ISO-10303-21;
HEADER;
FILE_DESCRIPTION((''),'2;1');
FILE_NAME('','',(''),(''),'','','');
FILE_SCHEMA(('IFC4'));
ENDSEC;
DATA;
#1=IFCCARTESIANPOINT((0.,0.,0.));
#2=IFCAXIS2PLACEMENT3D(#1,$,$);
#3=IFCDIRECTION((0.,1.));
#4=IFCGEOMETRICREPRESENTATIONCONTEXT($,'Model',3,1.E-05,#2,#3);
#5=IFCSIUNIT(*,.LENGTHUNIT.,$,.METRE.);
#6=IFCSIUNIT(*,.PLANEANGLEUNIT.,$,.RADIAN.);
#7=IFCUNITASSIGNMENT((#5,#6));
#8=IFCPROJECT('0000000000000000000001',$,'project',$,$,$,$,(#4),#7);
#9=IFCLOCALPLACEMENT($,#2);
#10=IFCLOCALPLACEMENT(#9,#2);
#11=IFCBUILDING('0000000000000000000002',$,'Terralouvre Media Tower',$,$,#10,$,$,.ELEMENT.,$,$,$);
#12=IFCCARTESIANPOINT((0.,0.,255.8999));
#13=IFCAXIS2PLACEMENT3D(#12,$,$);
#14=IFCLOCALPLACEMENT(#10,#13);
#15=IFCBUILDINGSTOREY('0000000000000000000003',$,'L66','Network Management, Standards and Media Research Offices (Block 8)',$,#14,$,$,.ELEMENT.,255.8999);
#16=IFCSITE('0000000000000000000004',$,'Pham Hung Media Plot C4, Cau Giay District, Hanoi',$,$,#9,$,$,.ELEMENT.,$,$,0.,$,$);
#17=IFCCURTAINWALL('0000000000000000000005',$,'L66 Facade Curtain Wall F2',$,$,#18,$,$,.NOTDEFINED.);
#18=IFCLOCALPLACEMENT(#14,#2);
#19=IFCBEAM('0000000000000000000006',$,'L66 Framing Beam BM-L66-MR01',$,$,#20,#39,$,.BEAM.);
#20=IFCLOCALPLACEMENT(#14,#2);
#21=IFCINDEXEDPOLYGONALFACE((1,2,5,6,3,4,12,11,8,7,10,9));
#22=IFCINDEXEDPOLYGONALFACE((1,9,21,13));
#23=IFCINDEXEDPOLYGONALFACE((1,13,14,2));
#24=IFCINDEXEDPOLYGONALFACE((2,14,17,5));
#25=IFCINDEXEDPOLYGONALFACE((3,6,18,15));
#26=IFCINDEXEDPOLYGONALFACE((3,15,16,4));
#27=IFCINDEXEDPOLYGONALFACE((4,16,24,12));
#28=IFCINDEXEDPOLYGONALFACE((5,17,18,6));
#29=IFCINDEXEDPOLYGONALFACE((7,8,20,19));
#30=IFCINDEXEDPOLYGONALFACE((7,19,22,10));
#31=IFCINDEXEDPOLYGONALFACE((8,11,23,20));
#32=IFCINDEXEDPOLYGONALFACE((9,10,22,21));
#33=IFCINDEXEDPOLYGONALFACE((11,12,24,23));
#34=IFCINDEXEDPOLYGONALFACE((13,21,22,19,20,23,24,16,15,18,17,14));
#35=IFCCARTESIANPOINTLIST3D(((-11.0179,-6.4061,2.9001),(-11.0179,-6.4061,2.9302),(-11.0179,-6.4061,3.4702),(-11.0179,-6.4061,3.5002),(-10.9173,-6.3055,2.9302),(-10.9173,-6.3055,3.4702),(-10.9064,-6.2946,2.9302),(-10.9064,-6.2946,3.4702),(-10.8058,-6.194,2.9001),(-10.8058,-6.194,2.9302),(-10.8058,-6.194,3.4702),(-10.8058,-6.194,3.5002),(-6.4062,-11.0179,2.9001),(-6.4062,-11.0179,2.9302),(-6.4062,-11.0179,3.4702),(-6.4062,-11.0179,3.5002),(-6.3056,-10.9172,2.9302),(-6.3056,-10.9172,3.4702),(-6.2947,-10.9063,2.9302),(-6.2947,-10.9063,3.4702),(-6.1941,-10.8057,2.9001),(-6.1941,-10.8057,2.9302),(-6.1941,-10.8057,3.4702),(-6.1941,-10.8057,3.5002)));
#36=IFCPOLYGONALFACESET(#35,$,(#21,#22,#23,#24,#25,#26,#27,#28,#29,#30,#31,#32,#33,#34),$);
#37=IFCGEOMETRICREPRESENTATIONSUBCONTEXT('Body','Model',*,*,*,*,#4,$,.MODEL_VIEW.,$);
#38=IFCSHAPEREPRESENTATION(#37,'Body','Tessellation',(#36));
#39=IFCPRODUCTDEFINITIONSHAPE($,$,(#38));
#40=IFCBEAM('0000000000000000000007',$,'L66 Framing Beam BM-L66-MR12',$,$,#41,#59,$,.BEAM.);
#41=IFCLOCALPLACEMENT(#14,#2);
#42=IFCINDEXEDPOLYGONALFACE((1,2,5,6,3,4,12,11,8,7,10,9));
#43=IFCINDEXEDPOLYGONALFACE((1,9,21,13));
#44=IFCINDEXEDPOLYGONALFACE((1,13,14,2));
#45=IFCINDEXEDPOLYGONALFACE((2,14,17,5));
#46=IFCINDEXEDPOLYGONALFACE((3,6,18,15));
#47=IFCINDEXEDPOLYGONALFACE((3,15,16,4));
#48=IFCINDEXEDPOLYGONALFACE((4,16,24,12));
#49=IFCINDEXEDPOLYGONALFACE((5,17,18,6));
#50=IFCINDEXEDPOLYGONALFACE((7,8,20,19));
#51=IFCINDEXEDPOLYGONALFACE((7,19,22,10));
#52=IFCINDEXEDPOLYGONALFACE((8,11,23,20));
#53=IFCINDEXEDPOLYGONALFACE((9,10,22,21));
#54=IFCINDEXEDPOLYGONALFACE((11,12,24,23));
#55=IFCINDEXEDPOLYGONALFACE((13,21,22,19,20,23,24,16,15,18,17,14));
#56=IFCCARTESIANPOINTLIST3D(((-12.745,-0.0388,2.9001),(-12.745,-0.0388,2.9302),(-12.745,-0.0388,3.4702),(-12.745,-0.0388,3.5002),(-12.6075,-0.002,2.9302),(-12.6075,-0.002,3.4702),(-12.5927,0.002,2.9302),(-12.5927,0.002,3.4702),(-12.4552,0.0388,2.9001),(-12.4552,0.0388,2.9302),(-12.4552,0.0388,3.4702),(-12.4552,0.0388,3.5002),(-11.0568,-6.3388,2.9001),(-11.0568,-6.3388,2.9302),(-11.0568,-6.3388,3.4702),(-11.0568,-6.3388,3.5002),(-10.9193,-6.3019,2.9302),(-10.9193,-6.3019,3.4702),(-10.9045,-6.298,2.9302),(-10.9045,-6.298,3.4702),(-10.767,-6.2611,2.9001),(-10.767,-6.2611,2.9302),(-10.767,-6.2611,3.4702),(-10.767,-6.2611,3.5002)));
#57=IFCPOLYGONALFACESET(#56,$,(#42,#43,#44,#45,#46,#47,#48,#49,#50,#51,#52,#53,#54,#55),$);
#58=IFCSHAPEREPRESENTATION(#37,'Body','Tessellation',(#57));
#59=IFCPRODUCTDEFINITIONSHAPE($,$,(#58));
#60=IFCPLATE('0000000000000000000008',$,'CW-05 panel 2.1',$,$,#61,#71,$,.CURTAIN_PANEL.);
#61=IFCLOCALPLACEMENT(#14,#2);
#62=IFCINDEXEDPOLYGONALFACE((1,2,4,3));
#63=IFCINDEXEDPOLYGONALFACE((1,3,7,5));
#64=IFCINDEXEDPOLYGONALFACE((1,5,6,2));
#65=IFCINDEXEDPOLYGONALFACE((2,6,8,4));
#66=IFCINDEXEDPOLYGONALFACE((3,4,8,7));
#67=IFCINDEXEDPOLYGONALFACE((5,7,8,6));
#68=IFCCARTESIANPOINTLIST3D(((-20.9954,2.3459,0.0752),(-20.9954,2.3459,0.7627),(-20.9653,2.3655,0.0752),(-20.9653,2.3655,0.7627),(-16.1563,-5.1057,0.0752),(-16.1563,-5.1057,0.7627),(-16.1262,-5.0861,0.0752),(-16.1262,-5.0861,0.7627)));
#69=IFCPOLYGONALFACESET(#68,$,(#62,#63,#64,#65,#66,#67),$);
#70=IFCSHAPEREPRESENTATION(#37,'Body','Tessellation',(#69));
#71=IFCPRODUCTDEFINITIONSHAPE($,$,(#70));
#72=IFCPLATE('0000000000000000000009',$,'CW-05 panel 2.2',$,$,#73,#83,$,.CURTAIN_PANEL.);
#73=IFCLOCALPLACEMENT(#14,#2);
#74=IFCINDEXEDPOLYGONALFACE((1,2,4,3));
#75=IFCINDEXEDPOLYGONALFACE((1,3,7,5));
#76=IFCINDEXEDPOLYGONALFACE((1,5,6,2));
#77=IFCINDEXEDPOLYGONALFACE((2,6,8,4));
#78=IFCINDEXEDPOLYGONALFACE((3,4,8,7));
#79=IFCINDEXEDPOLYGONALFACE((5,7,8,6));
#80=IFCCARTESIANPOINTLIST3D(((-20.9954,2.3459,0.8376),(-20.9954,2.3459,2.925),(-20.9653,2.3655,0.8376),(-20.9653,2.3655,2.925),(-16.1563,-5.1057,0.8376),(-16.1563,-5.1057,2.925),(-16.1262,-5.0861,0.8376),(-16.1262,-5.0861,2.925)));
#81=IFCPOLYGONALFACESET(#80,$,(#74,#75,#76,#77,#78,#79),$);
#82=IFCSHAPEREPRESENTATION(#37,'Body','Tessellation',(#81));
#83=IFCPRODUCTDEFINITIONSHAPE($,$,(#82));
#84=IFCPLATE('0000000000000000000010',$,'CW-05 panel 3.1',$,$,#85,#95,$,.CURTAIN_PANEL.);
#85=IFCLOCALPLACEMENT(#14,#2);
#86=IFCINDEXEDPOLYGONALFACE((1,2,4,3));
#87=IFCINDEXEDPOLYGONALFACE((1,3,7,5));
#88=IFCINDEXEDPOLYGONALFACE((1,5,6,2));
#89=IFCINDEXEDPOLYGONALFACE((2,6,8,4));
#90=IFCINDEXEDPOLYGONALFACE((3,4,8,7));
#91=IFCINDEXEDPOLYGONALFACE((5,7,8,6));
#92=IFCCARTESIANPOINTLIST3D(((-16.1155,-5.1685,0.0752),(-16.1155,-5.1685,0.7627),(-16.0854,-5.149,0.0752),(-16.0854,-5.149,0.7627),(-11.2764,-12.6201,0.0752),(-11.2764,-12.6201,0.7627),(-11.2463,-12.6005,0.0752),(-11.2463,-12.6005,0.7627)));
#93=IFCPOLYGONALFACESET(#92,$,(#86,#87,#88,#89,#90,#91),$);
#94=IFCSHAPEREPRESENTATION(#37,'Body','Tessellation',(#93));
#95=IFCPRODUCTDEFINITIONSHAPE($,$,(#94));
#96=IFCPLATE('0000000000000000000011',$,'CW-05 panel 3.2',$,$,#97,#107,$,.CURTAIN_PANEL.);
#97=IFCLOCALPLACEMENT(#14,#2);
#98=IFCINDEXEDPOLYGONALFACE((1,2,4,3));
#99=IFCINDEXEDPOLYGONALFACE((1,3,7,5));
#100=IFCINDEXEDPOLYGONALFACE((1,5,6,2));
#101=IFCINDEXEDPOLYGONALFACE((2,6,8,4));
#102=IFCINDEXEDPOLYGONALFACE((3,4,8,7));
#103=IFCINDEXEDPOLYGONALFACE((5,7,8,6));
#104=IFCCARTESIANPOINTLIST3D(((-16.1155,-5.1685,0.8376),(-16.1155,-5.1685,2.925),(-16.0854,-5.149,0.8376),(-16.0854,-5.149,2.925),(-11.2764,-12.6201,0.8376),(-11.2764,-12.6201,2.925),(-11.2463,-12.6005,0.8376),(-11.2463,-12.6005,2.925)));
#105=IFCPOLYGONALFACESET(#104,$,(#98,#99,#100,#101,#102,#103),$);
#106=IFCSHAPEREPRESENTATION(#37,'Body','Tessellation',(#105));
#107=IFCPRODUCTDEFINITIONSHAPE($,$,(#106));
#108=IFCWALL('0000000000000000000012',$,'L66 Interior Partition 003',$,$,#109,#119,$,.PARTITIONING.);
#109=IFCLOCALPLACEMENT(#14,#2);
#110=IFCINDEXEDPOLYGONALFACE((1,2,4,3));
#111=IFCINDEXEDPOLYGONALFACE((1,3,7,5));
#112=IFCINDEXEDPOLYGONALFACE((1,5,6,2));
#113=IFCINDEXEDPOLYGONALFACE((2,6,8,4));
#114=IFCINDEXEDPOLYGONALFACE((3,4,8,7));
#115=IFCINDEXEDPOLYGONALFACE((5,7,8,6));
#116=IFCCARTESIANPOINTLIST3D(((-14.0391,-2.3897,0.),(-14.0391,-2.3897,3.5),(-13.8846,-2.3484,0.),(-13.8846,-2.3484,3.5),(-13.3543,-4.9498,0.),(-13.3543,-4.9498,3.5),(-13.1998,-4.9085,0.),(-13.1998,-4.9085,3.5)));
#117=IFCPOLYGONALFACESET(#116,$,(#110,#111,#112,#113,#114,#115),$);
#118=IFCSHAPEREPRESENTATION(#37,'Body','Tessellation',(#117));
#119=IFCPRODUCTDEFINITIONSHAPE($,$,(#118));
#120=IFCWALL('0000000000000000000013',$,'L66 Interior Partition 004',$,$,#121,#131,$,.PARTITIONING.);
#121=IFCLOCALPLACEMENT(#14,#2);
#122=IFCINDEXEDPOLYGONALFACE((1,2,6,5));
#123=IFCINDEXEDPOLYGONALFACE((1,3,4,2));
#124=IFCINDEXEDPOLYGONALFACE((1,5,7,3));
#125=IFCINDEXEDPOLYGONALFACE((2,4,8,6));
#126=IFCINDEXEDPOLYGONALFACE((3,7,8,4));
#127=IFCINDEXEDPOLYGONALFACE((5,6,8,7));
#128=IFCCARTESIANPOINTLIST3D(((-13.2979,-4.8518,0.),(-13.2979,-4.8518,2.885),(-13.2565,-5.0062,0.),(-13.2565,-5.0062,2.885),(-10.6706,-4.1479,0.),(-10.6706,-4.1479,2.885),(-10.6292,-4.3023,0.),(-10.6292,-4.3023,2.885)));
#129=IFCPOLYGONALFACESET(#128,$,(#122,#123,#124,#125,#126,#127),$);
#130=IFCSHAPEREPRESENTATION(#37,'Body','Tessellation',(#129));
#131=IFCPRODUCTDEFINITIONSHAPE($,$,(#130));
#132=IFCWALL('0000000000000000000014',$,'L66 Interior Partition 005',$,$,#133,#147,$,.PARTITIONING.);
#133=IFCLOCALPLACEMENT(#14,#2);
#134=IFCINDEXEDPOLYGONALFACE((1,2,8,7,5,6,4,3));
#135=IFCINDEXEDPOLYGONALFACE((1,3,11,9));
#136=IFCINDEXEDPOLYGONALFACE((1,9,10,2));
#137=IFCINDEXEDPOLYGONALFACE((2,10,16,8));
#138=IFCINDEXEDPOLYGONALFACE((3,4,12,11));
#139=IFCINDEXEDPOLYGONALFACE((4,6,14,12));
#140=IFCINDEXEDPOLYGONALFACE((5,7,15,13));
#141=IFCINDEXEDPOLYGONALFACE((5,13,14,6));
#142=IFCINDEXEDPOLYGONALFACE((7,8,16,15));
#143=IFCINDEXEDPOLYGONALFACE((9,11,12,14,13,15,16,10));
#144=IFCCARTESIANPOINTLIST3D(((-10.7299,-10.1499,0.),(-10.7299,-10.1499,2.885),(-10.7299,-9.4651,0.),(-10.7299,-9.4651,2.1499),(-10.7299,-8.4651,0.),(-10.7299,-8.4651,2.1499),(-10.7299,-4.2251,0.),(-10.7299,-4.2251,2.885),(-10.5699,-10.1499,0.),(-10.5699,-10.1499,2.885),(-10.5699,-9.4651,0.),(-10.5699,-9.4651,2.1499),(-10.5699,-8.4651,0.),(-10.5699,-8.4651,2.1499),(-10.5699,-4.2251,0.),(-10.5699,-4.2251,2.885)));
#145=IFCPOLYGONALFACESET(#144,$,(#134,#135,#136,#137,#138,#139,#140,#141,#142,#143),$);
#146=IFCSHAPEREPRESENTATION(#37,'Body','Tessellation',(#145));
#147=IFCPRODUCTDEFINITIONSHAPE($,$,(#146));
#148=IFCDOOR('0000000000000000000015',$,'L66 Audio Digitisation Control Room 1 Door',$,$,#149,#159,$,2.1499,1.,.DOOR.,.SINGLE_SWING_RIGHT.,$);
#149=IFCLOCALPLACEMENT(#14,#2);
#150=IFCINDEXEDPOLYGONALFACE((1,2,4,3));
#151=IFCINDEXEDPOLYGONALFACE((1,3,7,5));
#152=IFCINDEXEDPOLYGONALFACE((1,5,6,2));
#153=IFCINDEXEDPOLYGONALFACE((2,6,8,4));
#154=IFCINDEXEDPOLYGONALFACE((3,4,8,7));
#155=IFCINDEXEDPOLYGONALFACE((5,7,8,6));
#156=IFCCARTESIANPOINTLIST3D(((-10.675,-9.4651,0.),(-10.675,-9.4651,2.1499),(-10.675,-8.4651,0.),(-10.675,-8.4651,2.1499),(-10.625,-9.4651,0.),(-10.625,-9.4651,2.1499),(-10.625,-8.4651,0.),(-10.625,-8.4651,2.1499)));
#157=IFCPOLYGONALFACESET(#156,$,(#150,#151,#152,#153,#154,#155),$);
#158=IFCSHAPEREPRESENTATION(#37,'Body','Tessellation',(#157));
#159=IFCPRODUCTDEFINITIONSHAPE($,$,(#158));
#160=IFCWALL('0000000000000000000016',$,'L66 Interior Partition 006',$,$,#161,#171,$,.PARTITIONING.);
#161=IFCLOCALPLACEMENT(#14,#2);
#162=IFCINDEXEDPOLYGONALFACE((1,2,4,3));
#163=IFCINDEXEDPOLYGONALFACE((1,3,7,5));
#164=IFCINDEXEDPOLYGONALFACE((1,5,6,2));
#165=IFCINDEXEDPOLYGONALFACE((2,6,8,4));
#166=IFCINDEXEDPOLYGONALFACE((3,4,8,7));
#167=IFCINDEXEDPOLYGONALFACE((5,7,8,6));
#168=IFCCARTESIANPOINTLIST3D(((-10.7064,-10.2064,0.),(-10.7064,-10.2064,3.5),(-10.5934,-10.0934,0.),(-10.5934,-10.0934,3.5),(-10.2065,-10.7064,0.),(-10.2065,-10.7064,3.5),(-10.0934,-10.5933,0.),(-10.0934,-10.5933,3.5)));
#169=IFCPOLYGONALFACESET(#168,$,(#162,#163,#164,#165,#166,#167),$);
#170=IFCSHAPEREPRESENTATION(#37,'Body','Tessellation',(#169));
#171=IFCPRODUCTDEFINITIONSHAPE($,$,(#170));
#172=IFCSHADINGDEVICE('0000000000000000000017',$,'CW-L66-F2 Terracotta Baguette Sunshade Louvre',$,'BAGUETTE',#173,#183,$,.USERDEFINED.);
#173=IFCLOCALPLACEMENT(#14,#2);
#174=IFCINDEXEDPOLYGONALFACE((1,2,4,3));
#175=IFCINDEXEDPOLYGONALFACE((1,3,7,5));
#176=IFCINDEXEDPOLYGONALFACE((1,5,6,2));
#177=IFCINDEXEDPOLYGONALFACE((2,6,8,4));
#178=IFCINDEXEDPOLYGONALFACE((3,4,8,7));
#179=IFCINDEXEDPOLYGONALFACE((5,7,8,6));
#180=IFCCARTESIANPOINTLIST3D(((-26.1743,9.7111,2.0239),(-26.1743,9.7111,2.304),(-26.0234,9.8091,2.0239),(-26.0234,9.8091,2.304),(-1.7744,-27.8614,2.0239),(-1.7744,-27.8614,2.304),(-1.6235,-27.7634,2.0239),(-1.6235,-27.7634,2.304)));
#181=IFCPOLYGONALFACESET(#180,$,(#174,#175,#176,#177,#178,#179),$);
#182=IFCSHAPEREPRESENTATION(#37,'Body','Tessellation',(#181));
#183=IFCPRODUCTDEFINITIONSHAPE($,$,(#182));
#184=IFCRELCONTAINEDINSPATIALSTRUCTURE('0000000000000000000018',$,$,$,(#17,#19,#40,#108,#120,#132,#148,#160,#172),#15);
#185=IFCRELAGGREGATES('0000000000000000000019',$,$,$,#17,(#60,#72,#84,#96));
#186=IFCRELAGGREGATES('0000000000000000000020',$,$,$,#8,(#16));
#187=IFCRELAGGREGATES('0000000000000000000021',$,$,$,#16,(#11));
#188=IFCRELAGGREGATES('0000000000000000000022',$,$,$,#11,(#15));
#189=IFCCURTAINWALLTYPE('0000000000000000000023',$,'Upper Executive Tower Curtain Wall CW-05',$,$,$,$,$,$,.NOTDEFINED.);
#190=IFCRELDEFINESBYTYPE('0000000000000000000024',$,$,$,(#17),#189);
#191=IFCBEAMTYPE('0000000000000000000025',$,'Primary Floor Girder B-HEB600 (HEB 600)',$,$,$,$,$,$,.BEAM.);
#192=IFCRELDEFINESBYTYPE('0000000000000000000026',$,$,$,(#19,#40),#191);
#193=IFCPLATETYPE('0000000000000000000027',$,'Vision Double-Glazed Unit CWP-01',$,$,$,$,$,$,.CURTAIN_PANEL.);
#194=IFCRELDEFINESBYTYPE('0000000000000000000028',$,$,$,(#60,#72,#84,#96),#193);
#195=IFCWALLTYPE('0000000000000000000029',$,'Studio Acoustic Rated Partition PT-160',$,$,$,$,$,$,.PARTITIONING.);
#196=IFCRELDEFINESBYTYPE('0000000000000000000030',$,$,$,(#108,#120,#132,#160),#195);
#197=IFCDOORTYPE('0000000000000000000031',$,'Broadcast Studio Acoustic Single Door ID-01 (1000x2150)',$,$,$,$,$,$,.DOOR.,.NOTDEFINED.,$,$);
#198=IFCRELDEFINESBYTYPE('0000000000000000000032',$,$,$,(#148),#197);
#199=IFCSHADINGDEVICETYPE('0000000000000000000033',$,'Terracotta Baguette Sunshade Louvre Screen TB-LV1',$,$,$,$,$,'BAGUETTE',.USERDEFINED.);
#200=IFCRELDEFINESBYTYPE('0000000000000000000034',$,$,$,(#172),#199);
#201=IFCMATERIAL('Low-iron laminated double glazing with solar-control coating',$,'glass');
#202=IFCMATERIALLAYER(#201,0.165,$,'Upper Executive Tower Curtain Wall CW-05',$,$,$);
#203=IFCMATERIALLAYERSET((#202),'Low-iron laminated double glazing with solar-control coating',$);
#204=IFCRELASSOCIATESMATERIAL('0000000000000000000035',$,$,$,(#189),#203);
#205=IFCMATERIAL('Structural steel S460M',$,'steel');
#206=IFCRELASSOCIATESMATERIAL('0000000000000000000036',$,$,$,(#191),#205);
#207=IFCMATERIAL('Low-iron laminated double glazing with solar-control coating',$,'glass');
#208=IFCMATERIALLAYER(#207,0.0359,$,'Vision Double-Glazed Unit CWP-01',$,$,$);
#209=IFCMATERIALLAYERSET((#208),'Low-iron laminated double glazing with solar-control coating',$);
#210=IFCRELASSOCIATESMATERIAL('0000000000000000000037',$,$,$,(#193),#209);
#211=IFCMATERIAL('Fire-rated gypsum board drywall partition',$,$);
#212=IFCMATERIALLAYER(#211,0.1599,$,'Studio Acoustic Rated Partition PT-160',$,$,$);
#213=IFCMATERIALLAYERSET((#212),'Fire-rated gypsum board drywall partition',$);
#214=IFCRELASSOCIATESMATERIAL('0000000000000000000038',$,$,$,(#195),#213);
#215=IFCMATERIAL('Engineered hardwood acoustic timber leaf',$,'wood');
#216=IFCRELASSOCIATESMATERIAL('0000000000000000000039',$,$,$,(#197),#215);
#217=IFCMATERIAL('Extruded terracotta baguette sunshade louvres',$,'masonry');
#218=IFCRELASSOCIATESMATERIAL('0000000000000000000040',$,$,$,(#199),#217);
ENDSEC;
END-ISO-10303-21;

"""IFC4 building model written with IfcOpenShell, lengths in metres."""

from ifc_helpers import new_model, si_unit, direction, frame, frame_2d, origin, origin_2d, place, context, subcontext, project, spatial, rectangle, i_section, extrude, material, layer, layer_set, material_profile, profile_set, type_object, element, fill, aggregate, save


model = new_model("IFC4")

# Units and contexts
model_context = context("Model", 3, precision=1e-05, world=origin(), true_north=direction((0.0, 1.0)))
body_context = subcontext(model_context, "Body", "Model", "MODEL_VIEW")
ifc_project = project(units=[si_unit("LENGTHUNIT", "METRE"), si_unit("PLANEANGLEUNIT", "RADIAN")], contexts=[model_context])

# Site, building, storey
site_placement = place(None, origin())
site = spatial("IfcSite", under=ifc_project, at=site_placement, Name="Pham Hung Media Plot C4, Cau Giay District, Hanoi", CompositionType="ELEMENT", RefElevation=0.0)
building_placement = place(site_placement, origin())
building = spatial("IfcBuilding", under=site, at=building_placement, Name="Terralouvre Media Tower", CompositionType="ELEMENT")
storey_placement = place(building_placement, frame((0.0, 0.0, 255.8999)))
storey = spatial("IfcBuildingStorey", under=building, at=storey_placement, Name="L66", Description="Network Management, Standards and Media Research Offices (Block 8)", CompositionType="ELEMENT", Elevation=255.8999)

# Curtain wall
ifc_material_1 = material(Name="Low-iron laminated double glazing with solar-control coating", Category="glass")
ifc_layer_1 = layer(ifc_material_1, 0.165, Name="Upper Executive Tower Curtain Wall CW-05")
ifc_layer_set_1 = layer_set([ifc_layer_1], Name="Low-iron laminated double glazing with solar-control coating")
curtain_wall_type = type_object("IfcCurtainWallType", Name="Upper Executive Tower Curtain Wall CW-05", PredefinedType="NOTDEFINED", material=ifc_layer_set_1)
curtain_wall_placement = place(storey_placement, origin())
curtain_wall = element("IfcCurtainWall", 1, at=curtain_wall_placement, inside=storey, type_object=curtain_wall_type, Name="L66 Facade Curtain Wall F2", PredefinedType="NOTDEFINED")

# Beams
ifc_material_2 = material(Name="Structural steel S460M", Category="steel")
ifc_material_profile_1 = material_profile(ifc_material_2, i_section(OverallWidth=0.3, OverallDepth=0.6001, WebThickness=0.0154, FlangeThickness=0.03, at=origin_2d()), Name="HEB 600")
ifc_profile_set_1 = profile_set([ifc_material_profile_1], Name="Structural steel S460M")
beam_type_1 = type_object("IfcBeamType", Name="Primary Floor Girder B-HEB600 (HEB 600)", PredefinedType="BEAM", material=ifc_profile_set_1)
beam_1_placement = place(storey_placement, frame((-10.9119, -6.3, 3.2002), z_axis=(0.707107, -0.707107, 0.0), x_axis=(0.707107, 0.707107, 0.0)))
element("IfcBeam", 2, at=beam_1_placement, inside=storey, type_object=beam_type_1, Name="L66 Framing Beam BM-L66-MR01", PredefinedType="BEAM", context=body_context, shape_type="SweptSolid", body=[
    extrude(i_section(OverallWidth=0.3, OverallDepth=0.6001, WebThickness=0.0154, FlangeThickness=0.03, at=origin_2d()), origin(), (0.0, 0.0, 1.0), 6.522),
])
beam_2_placement = place(storey_placement, frame((-12.6001, 0.0, 3.2002), z_axis=(0.258839, -0.96592, 0.0), x_axis=(0.96592, 0.258839, 0.0)))
element("IfcBeam", 3, at=beam_2_placement, inside=storey, type_object=beam_type_1, Name="L66 Framing Beam BM-L66-MR12", PredefinedType="BEAM", context=body_context, shape_type="SweptSolid", body=[
    extrude(i_section(OverallWidth=0.3, OverallDepth=0.6001, WebThickness=0.0154, FlangeThickness=0.03, at=origin_2d()), origin(), (0.0, 0.0, 1.0), 6.5222),
])

# Plates
ifc_material_3 = material(Name="Low-iron laminated double glazing with solar-control coating", Category="glass")
ifc_layer_2 = layer(ifc_material_3, 0.0359, Name="Vision Double-Glazed Unit CWP-01")
ifc_layer_set_2 = layer_set([ifc_layer_2], Name="Low-iron laminated double glazing with solar-control coating")
plate_type = type_object("IfcPlateType", Name="Vision Double-Glazed Unit CWP-01", PredefinedType="CURTAIN_PANEL", material=ifc_layer_set_2)
plate_1_placement = place(storey_placement, frame((-18.5608, -1.3701, 0.0752), z_axis=(0.0, 0.0, 1.0), x_axis=(0.544639, -0.838671, 0.0)))
plate_1 = element("IfcPlate", 4, at=plate_1_placement, type_object=plate_type, Name="CW-05 panel 2.1", PredefinedType="CURTAIN_PANEL", context=body_context, shape_type="SweptSolid", body=[
    extrude(rectangle(XDim=8.885, YDim=0.0359, at=origin_2d()), origin(), (0.0, 0.0, 1.0), 0.6875),
])
plate_2_placement = place(storey_placement, frame((-18.5608, -1.3701, 0.8376), z_axis=(0.0, 0.0, 1.0), x_axis=(0.544639, -0.838671, 0.0)))
plate_2 = element("IfcPlate", 5, at=plate_2_placement, type_object=plate_type, Name="CW-05 panel 2.2", PredefinedType="CURTAIN_PANEL", context=body_context, shape_type="SweptSolid", body=[
    extrude(rectangle(XDim=8.885, YDim=0.0359, at=origin_2d()), origin(), (0.0, 0.0, 1.0), 2.0874),
])
plate_3_placement = place(storey_placement, frame((-13.6809, -8.8845, 0.0752), z_axis=(0.0, 0.0, 1.0), x_axis=(0.544639, -0.838671, 0.0)))
plate_3 = element("IfcPlate", 6, at=plate_3_placement, type_object=plate_type, Name="CW-05 panel 3.1", PredefinedType="CURTAIN_PANEL", context=body_context, shape_type="SweptSolid", body=[
    extrude(rectangle(XDim=8.885, YDim=0.0359, at=origin_2d()), origin(), (0.0, 0.0, 1.0), 0.6875),
])
plate_4_placement = place(storey_placement, frame((-13.6809, -8.8845, 0.8376), z_axis=(0.0, 0.0, 1.0), x_axis=(0.544639, -0.838671, 0.0)))
plate_4 = element("IfcPlate", 7, at=plate_4_placement, type_object=plate_type, Name="CW-05 panel 3.2", PredefinedType="CURTAIN_PANEL", context=body_context, shape_type="SweptSolid", body=[
    extrude(rectangle(XDim=8.885, YDim=0.0359, at=origin_2d()), origin(), (0.0, 0.0, 1.0), 2.0874),
])
aggregate(curtain_wall, [plate_1, plate_2, plate_3, plate_4])

# Walls
ifc_material_4 = material(Name="Fire-rated gypsum board drywall partition")
ifc_layer_3 = layer(ifc_material_4, 0.1599, Name="Studio Acoustic Rated Partition PT-160")
ifc_layer_set_3 = layer_set([ifc_layer_3], Name="Fire-rated gypsum board drywall partition")
wall_type = type_object("IfcWallType", Name="Studio Acoustic Rated Partition PT-160", PredefinedType="PARTITIONING", material=ifc_layer_set_3)
wall_1_placement = place(storey_placement, frame((-13.9619, -2.3689, 0.0), z_axis=(0.0, 0.0, 1.0), x_axis=(0.258414, -0.966034, 0.0)))
element("IfcWall", 8, at=wall_1_placement, inside=storey, type_object=wall_type, Name="L66 Interior Partition 003", PredefinedType="PARTITIONING", context=body_context, shape_type="SweptSolid", body=[
    extrude(rectangle(XDim=2.6501, YDim=0.1599, at=frame_2d((1.3252, 0.0))), origin(), (0.0, 0.0, 1.0), 3.5),
])
wall_2_placement = place(storey_placement, frame((-13.2771, -4.929, 0.0), z_axis=(0.0, 0.0, 1.0), x_axis=(0.965935, 0.258785, 0.0)))
element("IfcWall", 9, at=wall_2_placement, inside=storey, type_object=wall_type, Name="L66 Interior Partition 004", PredefinedType="PARTITIONING", context=body_context, shape_type="SweptSolid", body=[
    extrude(rectangle(XDim=2.72, YDim=0.1599, at=frame_2d((1.3599, 0.0))), origin(), (0.0, 0.0, 1.0), 2.885),
])

# Wall, opening, door
wall_3_placement = place(storey_placement, frame((-10.6499, -4.2251, 0.0), z_axis=(0.0, 0.0, 1.0), x_axis=(0.0, -1.0, 0.0)))
wall_3 = element("IfcWall", 10, at=wall_3_placement, inside=storey, type_object=wall_type, Name="L66 Interior Partition 005", PredefinedType="PARTITIONING", context=body_context, shape_type="SweptSolid", body=[
    extrude(rectangle(XDim=5.9248, YDim=0.1599, at=frame_2d((2.9624, 0.0))), origin(), (0.0, 0.0, 1.0), 2.885),
])
opening_placement = place(wall_3_placement, frame((4.24, 0.0, 0.0)))
opening = element("IfcOpeningElement", 11, at=opening_placement, cuts=wall_3, PredefinedType="OPENING", context=body_context, shape_type="SweptSolid", body=[
    extrude(rectangle(XDim=1.0, YDim=2.1499, at=frame_2d((0.5, 1.075))), frame((0.0, 0.0898, 0.0), z_axis=(0.0, -1.0, 0.0), x_axis=(1.0, 0.0, 0.0)), (0.0, 0.0, 1.0), 0.1799),
])
ifc_material_5 = material(Name="Engineered hardwood acoustic timber leaf", Category="wood")
door_type = type_object("IfcDoorType", Name="Broadcast Studio Acoustic Single Door ID-01 (1000x2150)", OperationType="NOTDEFINED", PredefinedType="DOOR", material=ifc_material_5)
door_placement = place(opening_placement, origin())
door = element("IfcDoor", 12, at=door_placement, inside=storey, type_object=door_type, Name="L66 Audio Digitisation Control Room 1 Door", OperationType="SINGLE_SWING_RIGHT", OverallHeight=2.1499, OverallWidth=1.0, PredefinedType="DOOR", context=body_context, shape_type="SweptSolid", body=[
    extrude(rectangle(XDim=1.0, YDim=2.1499, at=frame_2d((0.5, 1.075))), frame((0.0, 0.0249, 0.0), z_axis=(0.0, -1.0, 0.0), x_axis=(1.0, 0.0, 0.0)), (0.0, 0.0, 1.0), 0.05),
])
fill(opening, door)

# Wall
wall_4_placement = place(storey_placement, frame((-10.6499, -10.1499, 0.0), z_axis=(0.0, 0.0, 1.0), x_axis=(0.707107, -0.707107, 0.0)))
element("IfcWall", 13, at=wall_4_placement, inside=storey, type_object=wall_type, Name="L66 Interior Partition 006", PredefinedType="PARTITIONING", context=body_context, shape_type="SweptSolid", body=[
    extrude(rectangle(XDim=0.707, YDim=0.1599, at=frame_2d((0.3535, 0.0))), origin(), (0.0, 0.0, 1.0), 3.5),
])

# Shading device
ifc_material_6 = material(Name="Extruded terracotta baguette sunshade louvres", Category="masonry")
shading_device_type = type_object("IfcShadingDeviceType", Name="Terracotta Baguette Sunshade Louvre Screen TB-LV1", ElementType="BAGUETTE", PredefinedType="USERDEFINED", material=ifc_material_6)
shading_device_placement = place(storey_placement, frame((-13.8989, -9.0261, 2.0239), z_axis=(0.0, 0.0, 1.0), x_axis=(0.544639, -0.838671, 0.0)))
element("IfcShadingDevice", 14, at=shading_device_placement, inside=storey, type_object=shading_device_type, Name="CW-L66-F2 Terracotta Baguette Sunshade Louvre", ObjectType="BAGUETTE", PredefinedType="USERDEFINED", context=body_context, shape_type="SweptSolid", body=[
    extrude(rectangle(XDim=44.8, YDim=0.1799, at=origin_2d()), origin(), (0.0, 0.0, 1.0), 0.28),
])

save(model, "model.ifc")
